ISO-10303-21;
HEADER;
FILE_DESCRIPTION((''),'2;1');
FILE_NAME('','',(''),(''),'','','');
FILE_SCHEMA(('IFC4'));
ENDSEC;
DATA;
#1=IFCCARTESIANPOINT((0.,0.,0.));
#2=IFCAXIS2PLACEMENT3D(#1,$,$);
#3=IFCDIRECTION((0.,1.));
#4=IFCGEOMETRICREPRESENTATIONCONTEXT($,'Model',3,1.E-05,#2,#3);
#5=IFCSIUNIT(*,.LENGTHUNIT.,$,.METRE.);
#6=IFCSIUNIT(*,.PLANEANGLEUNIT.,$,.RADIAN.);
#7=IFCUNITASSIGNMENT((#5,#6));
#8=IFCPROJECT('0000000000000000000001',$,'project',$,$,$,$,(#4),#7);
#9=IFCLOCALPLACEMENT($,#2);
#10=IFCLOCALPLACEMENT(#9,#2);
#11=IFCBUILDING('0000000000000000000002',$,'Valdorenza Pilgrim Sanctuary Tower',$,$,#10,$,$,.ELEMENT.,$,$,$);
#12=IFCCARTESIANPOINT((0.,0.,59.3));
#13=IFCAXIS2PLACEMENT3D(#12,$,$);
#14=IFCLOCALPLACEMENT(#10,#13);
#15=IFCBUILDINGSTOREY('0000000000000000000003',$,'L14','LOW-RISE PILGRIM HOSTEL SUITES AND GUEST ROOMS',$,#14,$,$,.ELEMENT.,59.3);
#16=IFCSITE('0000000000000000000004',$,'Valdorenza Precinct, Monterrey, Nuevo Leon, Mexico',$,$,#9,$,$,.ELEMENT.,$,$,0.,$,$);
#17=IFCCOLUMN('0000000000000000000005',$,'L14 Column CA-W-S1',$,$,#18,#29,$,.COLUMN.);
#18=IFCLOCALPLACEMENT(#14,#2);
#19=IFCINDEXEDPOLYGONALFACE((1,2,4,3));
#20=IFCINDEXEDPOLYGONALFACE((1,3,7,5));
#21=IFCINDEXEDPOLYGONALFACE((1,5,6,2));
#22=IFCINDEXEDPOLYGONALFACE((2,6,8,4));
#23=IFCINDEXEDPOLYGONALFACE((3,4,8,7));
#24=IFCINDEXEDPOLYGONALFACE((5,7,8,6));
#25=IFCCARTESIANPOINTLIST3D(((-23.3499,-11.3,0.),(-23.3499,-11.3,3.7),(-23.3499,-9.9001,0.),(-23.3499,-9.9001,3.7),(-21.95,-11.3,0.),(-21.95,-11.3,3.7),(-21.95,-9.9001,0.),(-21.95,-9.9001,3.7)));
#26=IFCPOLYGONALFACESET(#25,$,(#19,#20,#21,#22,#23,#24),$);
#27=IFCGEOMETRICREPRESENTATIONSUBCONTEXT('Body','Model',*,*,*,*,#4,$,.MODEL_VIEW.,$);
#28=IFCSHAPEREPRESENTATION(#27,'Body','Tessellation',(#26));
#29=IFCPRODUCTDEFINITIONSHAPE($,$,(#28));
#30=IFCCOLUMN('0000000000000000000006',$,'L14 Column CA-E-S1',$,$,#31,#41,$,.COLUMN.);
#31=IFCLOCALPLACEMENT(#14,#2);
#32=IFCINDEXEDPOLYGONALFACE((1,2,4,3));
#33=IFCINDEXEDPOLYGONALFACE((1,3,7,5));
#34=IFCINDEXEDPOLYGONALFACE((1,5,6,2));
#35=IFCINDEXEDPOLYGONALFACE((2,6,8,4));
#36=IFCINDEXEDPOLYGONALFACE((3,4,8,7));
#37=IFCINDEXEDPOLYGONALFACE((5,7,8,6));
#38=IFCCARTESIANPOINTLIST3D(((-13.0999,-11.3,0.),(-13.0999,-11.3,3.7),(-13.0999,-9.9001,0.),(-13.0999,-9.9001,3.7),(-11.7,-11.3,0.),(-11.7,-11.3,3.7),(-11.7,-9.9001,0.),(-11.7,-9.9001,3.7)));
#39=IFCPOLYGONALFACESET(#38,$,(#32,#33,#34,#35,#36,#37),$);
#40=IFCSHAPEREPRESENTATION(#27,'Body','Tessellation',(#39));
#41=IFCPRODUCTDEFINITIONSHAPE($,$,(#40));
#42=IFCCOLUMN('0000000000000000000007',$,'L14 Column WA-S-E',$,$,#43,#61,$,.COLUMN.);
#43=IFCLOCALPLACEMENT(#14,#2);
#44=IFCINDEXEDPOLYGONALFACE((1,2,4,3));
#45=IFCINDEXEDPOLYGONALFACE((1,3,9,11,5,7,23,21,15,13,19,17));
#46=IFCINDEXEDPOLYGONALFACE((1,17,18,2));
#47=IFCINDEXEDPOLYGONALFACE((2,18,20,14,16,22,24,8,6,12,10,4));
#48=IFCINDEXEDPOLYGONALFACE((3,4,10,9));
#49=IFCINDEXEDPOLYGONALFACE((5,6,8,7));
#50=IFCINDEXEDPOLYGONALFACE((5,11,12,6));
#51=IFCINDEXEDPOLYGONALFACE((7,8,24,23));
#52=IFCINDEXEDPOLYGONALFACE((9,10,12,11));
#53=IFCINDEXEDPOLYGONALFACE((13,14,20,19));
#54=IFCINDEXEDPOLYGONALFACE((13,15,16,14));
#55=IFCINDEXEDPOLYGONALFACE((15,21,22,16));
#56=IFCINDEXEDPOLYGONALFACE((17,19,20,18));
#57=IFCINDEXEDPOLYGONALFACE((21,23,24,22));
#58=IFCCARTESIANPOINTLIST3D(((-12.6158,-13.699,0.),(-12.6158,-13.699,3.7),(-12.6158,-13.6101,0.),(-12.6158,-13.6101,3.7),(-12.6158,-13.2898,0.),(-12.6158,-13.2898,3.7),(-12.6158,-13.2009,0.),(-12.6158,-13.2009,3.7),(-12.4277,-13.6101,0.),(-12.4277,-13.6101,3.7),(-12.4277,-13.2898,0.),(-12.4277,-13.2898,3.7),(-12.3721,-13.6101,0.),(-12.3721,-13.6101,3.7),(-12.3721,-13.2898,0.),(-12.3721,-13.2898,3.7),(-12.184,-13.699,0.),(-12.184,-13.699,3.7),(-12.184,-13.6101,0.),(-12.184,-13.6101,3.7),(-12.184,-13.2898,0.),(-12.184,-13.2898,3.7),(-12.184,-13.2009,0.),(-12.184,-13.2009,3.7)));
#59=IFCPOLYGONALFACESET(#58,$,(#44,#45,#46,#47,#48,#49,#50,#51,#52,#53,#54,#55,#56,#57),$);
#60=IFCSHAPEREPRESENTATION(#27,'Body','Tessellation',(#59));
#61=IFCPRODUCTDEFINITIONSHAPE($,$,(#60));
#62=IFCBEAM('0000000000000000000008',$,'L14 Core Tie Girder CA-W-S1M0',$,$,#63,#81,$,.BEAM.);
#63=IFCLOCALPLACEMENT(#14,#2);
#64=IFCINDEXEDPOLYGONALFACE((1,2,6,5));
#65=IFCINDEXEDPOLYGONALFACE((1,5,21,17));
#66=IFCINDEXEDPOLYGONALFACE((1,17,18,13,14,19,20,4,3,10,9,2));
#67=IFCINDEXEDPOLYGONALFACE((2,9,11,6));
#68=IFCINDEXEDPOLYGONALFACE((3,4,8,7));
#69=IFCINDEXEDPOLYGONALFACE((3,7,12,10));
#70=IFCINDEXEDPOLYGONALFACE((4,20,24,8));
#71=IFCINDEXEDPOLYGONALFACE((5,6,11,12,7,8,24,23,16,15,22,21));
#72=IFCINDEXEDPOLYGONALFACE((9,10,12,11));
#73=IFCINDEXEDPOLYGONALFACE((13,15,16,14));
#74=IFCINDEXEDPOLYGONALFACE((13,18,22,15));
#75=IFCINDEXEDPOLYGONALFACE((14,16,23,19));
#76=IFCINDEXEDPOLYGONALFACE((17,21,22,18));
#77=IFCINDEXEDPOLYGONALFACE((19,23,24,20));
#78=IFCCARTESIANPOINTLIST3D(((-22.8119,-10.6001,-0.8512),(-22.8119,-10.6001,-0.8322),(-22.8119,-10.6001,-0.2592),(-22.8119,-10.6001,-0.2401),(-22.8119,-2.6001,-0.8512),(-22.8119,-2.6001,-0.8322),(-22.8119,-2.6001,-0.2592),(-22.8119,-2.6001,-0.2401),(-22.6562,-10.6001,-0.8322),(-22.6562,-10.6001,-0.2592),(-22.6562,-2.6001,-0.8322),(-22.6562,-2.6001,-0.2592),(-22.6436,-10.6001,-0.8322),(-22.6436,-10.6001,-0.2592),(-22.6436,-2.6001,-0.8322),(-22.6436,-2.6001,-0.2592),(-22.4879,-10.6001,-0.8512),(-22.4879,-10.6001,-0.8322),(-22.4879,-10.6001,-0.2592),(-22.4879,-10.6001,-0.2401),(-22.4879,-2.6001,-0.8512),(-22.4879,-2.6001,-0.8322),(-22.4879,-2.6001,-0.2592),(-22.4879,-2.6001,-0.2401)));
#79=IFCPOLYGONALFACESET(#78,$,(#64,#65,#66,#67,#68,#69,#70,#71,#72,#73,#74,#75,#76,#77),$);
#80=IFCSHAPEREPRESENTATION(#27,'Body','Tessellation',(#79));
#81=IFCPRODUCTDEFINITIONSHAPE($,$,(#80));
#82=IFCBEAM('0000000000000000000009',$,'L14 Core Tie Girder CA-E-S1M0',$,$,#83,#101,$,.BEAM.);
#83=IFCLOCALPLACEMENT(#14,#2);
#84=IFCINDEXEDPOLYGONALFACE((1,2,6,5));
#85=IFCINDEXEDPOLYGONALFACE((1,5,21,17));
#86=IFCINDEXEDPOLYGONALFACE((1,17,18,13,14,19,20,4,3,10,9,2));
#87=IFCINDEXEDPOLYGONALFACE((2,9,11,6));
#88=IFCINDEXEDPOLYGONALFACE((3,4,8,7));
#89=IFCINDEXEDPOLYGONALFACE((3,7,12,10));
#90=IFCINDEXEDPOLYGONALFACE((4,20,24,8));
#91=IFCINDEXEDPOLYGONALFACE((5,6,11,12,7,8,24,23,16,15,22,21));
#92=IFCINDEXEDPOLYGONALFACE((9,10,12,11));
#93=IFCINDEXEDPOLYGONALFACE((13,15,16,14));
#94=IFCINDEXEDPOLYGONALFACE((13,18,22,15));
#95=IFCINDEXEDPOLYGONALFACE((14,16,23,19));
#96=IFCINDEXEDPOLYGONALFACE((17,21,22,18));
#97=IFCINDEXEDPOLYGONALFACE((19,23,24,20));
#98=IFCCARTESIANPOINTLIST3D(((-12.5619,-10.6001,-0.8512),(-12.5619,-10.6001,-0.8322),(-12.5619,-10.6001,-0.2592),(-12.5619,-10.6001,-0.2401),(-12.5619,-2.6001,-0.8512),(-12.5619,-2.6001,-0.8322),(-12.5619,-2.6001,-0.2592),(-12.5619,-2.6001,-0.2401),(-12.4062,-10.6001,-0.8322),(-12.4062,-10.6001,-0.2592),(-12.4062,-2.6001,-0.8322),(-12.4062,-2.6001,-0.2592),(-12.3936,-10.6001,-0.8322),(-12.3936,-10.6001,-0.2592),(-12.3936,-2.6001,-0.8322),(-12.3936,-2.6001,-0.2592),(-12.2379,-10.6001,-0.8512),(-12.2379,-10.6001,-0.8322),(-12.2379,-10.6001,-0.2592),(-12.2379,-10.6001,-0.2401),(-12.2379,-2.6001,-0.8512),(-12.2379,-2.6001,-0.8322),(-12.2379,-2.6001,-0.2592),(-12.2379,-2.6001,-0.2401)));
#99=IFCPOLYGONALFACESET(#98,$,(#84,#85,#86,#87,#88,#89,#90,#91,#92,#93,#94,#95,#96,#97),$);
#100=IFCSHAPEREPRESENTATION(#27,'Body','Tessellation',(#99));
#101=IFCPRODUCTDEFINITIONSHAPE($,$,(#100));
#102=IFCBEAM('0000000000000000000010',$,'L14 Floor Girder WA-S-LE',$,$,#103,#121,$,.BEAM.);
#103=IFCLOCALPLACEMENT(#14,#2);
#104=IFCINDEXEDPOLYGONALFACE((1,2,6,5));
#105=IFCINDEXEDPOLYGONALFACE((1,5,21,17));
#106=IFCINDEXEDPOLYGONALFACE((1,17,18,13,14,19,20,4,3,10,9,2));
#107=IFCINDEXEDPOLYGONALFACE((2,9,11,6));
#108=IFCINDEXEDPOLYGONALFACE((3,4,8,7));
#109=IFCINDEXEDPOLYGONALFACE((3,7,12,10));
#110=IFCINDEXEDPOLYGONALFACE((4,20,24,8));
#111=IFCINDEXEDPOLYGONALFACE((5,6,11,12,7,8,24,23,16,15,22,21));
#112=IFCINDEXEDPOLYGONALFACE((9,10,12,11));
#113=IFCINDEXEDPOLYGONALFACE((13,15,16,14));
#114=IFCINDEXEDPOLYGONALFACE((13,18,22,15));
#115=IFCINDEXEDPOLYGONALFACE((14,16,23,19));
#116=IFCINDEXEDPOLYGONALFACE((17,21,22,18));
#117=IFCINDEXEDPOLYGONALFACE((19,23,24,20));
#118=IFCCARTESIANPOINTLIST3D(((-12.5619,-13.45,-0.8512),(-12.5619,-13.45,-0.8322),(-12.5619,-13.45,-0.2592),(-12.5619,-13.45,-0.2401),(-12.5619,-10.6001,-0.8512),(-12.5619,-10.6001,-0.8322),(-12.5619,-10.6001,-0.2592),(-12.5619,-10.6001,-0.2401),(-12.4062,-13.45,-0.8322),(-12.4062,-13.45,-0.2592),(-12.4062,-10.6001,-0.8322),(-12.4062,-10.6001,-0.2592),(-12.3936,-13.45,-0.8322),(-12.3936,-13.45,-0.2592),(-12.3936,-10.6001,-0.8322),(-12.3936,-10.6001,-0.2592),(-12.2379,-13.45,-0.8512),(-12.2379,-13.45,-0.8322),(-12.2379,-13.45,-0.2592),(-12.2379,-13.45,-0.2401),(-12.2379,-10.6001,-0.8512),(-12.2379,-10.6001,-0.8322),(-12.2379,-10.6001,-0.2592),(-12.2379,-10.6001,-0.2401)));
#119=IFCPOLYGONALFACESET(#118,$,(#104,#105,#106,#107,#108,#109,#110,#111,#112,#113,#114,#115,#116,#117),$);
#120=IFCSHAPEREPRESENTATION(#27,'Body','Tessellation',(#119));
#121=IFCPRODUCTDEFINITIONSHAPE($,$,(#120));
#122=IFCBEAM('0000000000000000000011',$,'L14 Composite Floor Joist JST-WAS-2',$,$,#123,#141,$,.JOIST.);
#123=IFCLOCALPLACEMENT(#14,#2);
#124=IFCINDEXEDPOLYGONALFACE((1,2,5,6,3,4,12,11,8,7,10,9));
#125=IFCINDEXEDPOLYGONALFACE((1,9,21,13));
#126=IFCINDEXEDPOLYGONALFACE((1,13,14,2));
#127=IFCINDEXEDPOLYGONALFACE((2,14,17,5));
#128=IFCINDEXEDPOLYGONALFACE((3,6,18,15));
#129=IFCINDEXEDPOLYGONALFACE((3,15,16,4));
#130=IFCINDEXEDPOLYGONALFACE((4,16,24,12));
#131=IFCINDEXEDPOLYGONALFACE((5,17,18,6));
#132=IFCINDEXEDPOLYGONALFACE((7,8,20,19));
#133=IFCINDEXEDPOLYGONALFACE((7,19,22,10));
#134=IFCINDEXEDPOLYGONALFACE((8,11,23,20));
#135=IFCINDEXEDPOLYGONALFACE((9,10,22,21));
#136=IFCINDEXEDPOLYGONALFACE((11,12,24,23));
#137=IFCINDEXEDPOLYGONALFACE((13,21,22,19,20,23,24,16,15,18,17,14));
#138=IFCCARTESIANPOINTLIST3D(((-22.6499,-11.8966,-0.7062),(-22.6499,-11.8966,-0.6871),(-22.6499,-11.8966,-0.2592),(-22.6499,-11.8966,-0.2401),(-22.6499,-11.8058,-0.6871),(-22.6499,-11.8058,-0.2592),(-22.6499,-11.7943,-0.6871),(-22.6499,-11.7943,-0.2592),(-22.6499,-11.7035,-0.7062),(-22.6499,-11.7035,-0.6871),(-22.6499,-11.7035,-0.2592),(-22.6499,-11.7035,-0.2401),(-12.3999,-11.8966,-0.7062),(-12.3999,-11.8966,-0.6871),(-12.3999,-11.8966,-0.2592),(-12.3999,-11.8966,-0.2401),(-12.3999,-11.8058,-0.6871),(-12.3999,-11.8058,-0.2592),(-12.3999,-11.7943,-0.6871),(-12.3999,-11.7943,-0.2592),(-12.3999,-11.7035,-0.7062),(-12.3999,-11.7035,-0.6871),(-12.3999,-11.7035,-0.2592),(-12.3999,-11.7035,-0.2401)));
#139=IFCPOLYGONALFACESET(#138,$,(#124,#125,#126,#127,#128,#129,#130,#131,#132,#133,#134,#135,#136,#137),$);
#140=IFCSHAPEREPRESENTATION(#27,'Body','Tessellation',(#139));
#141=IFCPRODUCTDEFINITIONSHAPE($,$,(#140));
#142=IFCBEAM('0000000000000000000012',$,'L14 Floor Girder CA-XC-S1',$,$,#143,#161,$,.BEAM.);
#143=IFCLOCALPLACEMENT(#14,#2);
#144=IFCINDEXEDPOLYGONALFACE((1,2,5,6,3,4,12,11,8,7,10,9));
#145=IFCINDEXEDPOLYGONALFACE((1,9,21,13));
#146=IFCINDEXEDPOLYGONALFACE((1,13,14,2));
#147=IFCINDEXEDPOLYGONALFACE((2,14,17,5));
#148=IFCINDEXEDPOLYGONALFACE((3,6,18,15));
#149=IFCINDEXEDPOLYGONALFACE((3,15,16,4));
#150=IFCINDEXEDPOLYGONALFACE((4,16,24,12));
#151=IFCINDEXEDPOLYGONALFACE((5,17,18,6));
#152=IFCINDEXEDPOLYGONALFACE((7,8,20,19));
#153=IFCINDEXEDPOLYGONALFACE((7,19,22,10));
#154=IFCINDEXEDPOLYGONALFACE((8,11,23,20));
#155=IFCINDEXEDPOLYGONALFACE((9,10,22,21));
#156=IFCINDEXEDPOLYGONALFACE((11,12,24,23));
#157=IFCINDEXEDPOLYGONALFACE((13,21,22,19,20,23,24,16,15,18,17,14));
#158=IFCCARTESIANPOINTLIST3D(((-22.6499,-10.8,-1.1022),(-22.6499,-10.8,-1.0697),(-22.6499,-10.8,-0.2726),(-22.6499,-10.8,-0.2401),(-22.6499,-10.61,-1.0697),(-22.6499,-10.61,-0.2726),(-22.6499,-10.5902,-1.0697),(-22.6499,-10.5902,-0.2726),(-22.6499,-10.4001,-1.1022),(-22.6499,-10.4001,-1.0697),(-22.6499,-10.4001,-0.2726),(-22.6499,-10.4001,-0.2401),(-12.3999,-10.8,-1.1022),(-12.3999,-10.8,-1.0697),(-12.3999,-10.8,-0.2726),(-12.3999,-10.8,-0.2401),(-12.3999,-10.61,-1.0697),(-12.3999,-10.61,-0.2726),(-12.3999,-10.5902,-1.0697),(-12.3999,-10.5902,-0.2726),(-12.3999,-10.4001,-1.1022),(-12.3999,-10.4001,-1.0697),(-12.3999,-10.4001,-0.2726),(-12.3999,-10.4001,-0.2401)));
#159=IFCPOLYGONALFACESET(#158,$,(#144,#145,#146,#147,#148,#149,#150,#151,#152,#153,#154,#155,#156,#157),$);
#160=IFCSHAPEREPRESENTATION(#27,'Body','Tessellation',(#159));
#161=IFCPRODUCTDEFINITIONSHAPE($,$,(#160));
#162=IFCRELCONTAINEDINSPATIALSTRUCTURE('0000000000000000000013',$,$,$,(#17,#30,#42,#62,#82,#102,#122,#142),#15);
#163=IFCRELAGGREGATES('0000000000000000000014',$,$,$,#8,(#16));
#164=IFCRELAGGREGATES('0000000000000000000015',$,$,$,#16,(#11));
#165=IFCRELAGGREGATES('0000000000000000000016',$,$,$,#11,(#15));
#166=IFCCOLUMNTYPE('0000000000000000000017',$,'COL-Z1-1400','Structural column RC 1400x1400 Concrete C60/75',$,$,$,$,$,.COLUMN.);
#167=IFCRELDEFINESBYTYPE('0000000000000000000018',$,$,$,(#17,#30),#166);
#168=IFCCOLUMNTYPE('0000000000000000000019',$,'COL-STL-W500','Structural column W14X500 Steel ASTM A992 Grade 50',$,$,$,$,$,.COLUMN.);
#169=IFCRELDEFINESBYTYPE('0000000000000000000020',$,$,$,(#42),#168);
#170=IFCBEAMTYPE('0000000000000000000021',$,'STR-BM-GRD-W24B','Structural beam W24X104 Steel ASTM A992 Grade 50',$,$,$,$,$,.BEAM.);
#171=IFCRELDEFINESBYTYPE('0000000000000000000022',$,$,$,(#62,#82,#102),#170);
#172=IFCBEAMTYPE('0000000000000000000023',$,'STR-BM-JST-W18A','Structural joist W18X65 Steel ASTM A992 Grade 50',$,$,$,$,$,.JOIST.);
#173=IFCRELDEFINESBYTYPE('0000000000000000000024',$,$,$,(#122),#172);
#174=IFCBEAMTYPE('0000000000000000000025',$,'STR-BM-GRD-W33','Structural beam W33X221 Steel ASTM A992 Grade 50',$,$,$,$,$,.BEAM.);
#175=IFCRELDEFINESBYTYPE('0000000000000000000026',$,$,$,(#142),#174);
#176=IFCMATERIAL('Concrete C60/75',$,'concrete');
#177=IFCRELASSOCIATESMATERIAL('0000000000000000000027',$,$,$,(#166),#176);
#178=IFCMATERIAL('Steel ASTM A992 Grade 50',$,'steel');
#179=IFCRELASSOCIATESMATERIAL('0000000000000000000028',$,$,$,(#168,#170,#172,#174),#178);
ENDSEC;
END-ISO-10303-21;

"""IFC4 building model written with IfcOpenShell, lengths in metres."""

from ifc_helpers import new_model, si_unit, direction, frame, origin, origin_2d, place, context, subcontext, project, spatial, rectangle, i_section, extrude, source, transform, mapped, material, material_profile, profile_set, type_object, element, save


model = new_model("IFC4")

# Units and contexts
model_context = context("Model", 3, precision=1e-05, world=origin(), true_north=direction((0.0, 1.0)))
body_context = subcontext(model_context, "Body", "Model", "MODEL_VIEW")
ifc_project = project(units=[si_unit("LENGTHUNIT", "METRE"), si_unit("PLANEANGLEUNIT", "RADIAN")], contexts=[model_context])

# Site, building, storey
site_placement = place(None, origin())
site = spatial("IfcSite", under=ifc_project, at=site_placement, Name="Valdorenza Precinct, Monterrey, Nuevo Leon, Mexico", CompositionType="ELEMENT", RefElevation=0.0)
building_placement = place(site_placement, origin())
building = spatial("IfcBuilding", under=site, at=building_placement, Name="Valdorenza Pilgrim Sanctuary Tower", CompositionType="ELEMENT")
storey_placement = place(building_placement, frame((0.0, 0.0, 59.3)))
storey = spatial("IfcBuildingStorey", under=building, at=storey_placement, Name="L14", Description="LOW-RISE PILGRIM HOSTEL SUITES AND GUEST ROOMS", CompositionType="ELEMENT", Elevation=59.3)

# Columns
ifc_material_1 = material(Name="Concrete C60/75", Category="concrete")
ifc_material_profile_1 = material_profile(ifc_material_1, rectangle(XDim=1.3999, YDim=1.3999, at=origin_2d()), Name="RC 1400x1400")
ifc_profile_set_1 = profile_set([ifc_material_profile_1], Name="Concrete C60/75")
column_type_1 = type_object("IfcColumnType", Name="COL-Z1-1400", Description="Structural column RC 1400x1400 Concrete C60/75", PredefinedType="COLUMN", material=ifc_profile_set_1)
shared_shape_1 = source(origin(), body_context, "Body", "SweptSolid", [
    extrude(rectangle(XDim=1.3999, YDim=1.3999, at=origin_2d()), origin(), (0.0, 0.0, 1.0), 3.7),
])
for number, where, z_axis, x_axis, name in (
    (1, (-22.6499, -10.6001, 0.0), (0.0, 0.0, 1.0), (1.0, 0.0, 0.0), "L14 Column CA-W-S1"),
    (2, (-12.3999, -10.6001, 0.0), (0.0, 0.0, 1.0), (1.0, 0.0, 0.0), "L14 Column CA-E-S1"),
):
    element("IfcColumn", number, at=place(storey_placement, frame(where, z_axis=z_axis, x_axis=x_axis)), inside=storey, type_object=column_type_1, Name=name, PredefinedType="COLUMN", context=body_context, shape_type="MappedRepresentation", body=[
        mapped(shared_shape_1, transform((0.0, 0.0, 0.0), x_axis=(1.0, 0.0, 0.0), y_axis=(0.0, 1.0, 0.0), z_axis=(0.0, 0.0, 1.0), scale=1.0)),
    ])
ifc_material_2 = material(Name="Steel ASTM A992 Grade 50", Category="steel")
ifc_material_profile_2 = material_profile(ifc_material_2, i_section(OverallWidth=0.4319, OverallDepth=0.498, WebThickness=0.0557, FlangeThickness=0.0889, at=origin_2d()), Name="W14X500")
ifc_profile_set_2 = profile_set([ifc_material_profile_2], Name="Steel ASTM A992 Grade 50")
column_type_2 = type_object("IfcColumnType", Name="COL-STL-W500", Description="Structural column W14X500 Steel ASTM A992 Grade 50", PredefinedType="COLUMN", material=ifc_profile_set_2)
shared_shape_2 = source(origin(), body_context, "Body", "SweptSolid", [
    extrude(i_section(OverallWidth=0.4319, OverallDepth=0.498, WebThickness=0.0557, FlangeThickness=0.0889, at=origin_2d()), origin(), (0.0, 0.0, 1.0), 3.7),
])
column_placement = place(storey_placement, frame((-12.3999, -13.45, 0.0), z_axis=(0.0, 0.0, 1.0), x_axis=(1.0, 0.0, 0.0)))
element("IfcColumn", 3, at=column_placement, inside=storey, type_object=column_type_2, Name="L14 Column WA-S-E", PredefinedType="COLUMN", context=body_context, shape_type="MappedRepresentation", body=[
    mapped(shared_shape_2, transform((0.0, 0.0, 0.0), x_axis=(1.0, 0.0, 0.0), y_axis=(0.0, 1.0, 0.0), z_axis=(0.0, 0.0, 1.0), scale=1.0)),
])

# Beams
ifc_material_profile_3 = material_profile(ifc_material_2, i_section(OverallWidth=0.324, OverallDepth=0.6111, WebThickness=0.0127, FlangeThickness=0.019, at=origin_2d()), Name="W24X104")
ifc_profile_set_3 = profile_set([ifc_material_profile_3], Name="Steel ASTM A992 Grade 50")
beam_type_1 = type_object("IfcBeamType", Name="STR-BM-GRD-W24B", Description="Structural beam W24X104 Steel ASTM A992 Grade 50", PredefinedType="BEAM", material=ifc_profile_set_3)
shared_shape_3 = source(origin(), body_context, "Body", "SweptSolid", [
    extrude(i_section(OverallWidth=0.324, OverallDepth=0.6111, WebThickness=0.0127, FlangeThickness=0.019, at=origin_2d()), origin(), (0.0, 0.0, 1.0), 8.0),
])
for number, where, z_axis, x_axis, name in (
    (4, (-22.6499, -10.6001, -0.5457), (0.0, 1.0, 0.0), (-1.0, 0.0, 0.0), "L14 Core Tie Girder CA-W-S1M0"),
    (5, (-12.3999, -10.6001, -0.5457), (0.0, 1.0, 0.0), (-1.0, 0.0, 0.0), "L14 Core Tie Girder CA-E-S1M0"),
):
    element("IfcBeam", number, at=place(storey_placement, frame(where, z_axis=z_axis, x_axis=x_axis)), inside=storey, type_object=beam_type_1, Name=name, PredefinedType="BEAM", context=body_context, shape_type="MappedRepresentation", body=[
        mapped(shared_shape_3, transform((0.0, 0.0, 0.0), x_axis=(1.0, 0.0, 0.0), y_axis=(0.0, 1.0, 0.0), z_axis=(0.0, 0.0, 1.0), scale=1.0)),
    ])
shared_shape_4 = source(origin(), body_context, "Body", "SweptSolid", [
    extrude(i_section(OverallWidth=0.324, OverallDepth=0.6111, WebThickness=0.0127, FlangeThickness=0.019, at=origin_2d()), origin(), (0.0, 0.0, 1.0), 2.8499),
])
beam_1_placement = place(storey_placement, frame((-12.3999, -13.45, -0.5457), z_axis=(0.0, 1.0, 0.0), x_axis=(-1.0, 0.0, 0.0)))
element("IfcBeam", 6, at=beam_1_placement, inside=storey, type_object=beam_type_1, Name="L14 Floor Girder WA-S-LE", PredefinedType="BEAM", context=body_context, shape_type="MappedRepresentation", body=[
    mapped(shared_shape_4, transform((0.0, 0.0, 0.0), x_axis=(1.0, 0.0, 0.0), y_axis=(0.0, 1.0, 0.0), z_axis=(0.0, 0.0, 1.0), scale=1.0)),
])
ifc_material_profile_4 = material_profile(ifc_material_2, i_section(OverallWidth=0.1931, OverallDepth=0.4661, WebThickness=0.0115, FlangeThickness=0.019, at=origin_2d()), Name="W18X65")
ifc_profile_set_4 = profile_set([ifc_material_profile_4], Name="Steel ASTM A992 Grade 50")
beam_type_2 = type_object("IfcBeamType", Name="STR-BM-JST-W18A", Description="Structural joist W18X65 Steel ASTM A992 Grade 50", PredefinedType="JOIST", material=ifc_profile_set_4)
shared_shape_5 = source(origin(), body_context, "Body", "SweptSolid", [
    extrude(i_section(OverallWidth=0.1931, OverallDepth=0.4661, WebThickness=0.0115, FlangeThickness=0.019, at=origin_2d()), origin(), (0.0, 0.0, 1.0), 10.25),
])
beam_2_placement = place(storey_placement, frame((-22.6499, -11.8, -0.4731), z_axis=(1.0, 0.0, 0.0), x_axis=(0.0, 1.0, 0.0)))
element("IfcBeam", 7, at=beam_2_placement, inside=storey, type_object=beam_type_2, Name="L14 Composite Floor Joist JST-WAS-2", PredefinedType="JOIST", context=body_context, shape_type="MappedRepresentation", body=[
    mapped(shared_shape_5, transform((0.0, 0.0, 0.0), x_axis=(1.0, 0.0, 0.0), y_axis=(0.0, 1.0, 0.0), z_axis=(0.0, 0.0, 1.0), scale=1.0)),
])
ifc_material_profile_5 = material_profile(ifc_material_2, i_section(OverallWidth=0.3999, OverallDepth=0.8621, WebThickness=0.0198, FlangeThickness=0.0325, at=origin_2d()), Name="W33X221")
ifc_profile_set_5 = profile_set([ifc_material_profile_5], Name="Steel ASTM A992 Grade 50")
beam_type_3 = type_object("IfcBeamType", Name="STR-BM-GRD-W33", Description="Structural beam W33X221 Steel ASTM A992 Grade 50", PredefinedType="BEAM", material=ifc_profile_set_5)
shared_shape_6 = source(origin(), body_context, "Body", "SweptSolid", [
    extrude(i_section(OverallWidth=0.3999, OverallDepth=0.8621, WebThickness=0.0198, FlangeThickness=0.0325, at=origin_2d()), origin(), (0.0, 0.0, 1.0), 10.25),
])
beam_3_placement = place(storey_placement, frame((-22.6499, -10.6001, -0.6711), z_axis=(1.0, 0.0, 0.0), x_axis=(0.0, 1.0, 0.0)))
element("IfcBeam", 8, at=beam_3_placement, inside=storey, type_object=beam_type_3, Name="L14 Floor Girder CA-XC-S1", PredefinedType="BEAM", context=body_context, shape_type="MappedRepresentation", body=[
    mapped(shared_shape_6, transform((0.0, 0.0, 0.0), x_axis=(1.0, 0.0, 0.0), y_axis=(0.0, 1.0, 0.0), z_axis=(0.0, 0.0, 1.0), scale=1.0)),
])

save(model, "model.ifc")
